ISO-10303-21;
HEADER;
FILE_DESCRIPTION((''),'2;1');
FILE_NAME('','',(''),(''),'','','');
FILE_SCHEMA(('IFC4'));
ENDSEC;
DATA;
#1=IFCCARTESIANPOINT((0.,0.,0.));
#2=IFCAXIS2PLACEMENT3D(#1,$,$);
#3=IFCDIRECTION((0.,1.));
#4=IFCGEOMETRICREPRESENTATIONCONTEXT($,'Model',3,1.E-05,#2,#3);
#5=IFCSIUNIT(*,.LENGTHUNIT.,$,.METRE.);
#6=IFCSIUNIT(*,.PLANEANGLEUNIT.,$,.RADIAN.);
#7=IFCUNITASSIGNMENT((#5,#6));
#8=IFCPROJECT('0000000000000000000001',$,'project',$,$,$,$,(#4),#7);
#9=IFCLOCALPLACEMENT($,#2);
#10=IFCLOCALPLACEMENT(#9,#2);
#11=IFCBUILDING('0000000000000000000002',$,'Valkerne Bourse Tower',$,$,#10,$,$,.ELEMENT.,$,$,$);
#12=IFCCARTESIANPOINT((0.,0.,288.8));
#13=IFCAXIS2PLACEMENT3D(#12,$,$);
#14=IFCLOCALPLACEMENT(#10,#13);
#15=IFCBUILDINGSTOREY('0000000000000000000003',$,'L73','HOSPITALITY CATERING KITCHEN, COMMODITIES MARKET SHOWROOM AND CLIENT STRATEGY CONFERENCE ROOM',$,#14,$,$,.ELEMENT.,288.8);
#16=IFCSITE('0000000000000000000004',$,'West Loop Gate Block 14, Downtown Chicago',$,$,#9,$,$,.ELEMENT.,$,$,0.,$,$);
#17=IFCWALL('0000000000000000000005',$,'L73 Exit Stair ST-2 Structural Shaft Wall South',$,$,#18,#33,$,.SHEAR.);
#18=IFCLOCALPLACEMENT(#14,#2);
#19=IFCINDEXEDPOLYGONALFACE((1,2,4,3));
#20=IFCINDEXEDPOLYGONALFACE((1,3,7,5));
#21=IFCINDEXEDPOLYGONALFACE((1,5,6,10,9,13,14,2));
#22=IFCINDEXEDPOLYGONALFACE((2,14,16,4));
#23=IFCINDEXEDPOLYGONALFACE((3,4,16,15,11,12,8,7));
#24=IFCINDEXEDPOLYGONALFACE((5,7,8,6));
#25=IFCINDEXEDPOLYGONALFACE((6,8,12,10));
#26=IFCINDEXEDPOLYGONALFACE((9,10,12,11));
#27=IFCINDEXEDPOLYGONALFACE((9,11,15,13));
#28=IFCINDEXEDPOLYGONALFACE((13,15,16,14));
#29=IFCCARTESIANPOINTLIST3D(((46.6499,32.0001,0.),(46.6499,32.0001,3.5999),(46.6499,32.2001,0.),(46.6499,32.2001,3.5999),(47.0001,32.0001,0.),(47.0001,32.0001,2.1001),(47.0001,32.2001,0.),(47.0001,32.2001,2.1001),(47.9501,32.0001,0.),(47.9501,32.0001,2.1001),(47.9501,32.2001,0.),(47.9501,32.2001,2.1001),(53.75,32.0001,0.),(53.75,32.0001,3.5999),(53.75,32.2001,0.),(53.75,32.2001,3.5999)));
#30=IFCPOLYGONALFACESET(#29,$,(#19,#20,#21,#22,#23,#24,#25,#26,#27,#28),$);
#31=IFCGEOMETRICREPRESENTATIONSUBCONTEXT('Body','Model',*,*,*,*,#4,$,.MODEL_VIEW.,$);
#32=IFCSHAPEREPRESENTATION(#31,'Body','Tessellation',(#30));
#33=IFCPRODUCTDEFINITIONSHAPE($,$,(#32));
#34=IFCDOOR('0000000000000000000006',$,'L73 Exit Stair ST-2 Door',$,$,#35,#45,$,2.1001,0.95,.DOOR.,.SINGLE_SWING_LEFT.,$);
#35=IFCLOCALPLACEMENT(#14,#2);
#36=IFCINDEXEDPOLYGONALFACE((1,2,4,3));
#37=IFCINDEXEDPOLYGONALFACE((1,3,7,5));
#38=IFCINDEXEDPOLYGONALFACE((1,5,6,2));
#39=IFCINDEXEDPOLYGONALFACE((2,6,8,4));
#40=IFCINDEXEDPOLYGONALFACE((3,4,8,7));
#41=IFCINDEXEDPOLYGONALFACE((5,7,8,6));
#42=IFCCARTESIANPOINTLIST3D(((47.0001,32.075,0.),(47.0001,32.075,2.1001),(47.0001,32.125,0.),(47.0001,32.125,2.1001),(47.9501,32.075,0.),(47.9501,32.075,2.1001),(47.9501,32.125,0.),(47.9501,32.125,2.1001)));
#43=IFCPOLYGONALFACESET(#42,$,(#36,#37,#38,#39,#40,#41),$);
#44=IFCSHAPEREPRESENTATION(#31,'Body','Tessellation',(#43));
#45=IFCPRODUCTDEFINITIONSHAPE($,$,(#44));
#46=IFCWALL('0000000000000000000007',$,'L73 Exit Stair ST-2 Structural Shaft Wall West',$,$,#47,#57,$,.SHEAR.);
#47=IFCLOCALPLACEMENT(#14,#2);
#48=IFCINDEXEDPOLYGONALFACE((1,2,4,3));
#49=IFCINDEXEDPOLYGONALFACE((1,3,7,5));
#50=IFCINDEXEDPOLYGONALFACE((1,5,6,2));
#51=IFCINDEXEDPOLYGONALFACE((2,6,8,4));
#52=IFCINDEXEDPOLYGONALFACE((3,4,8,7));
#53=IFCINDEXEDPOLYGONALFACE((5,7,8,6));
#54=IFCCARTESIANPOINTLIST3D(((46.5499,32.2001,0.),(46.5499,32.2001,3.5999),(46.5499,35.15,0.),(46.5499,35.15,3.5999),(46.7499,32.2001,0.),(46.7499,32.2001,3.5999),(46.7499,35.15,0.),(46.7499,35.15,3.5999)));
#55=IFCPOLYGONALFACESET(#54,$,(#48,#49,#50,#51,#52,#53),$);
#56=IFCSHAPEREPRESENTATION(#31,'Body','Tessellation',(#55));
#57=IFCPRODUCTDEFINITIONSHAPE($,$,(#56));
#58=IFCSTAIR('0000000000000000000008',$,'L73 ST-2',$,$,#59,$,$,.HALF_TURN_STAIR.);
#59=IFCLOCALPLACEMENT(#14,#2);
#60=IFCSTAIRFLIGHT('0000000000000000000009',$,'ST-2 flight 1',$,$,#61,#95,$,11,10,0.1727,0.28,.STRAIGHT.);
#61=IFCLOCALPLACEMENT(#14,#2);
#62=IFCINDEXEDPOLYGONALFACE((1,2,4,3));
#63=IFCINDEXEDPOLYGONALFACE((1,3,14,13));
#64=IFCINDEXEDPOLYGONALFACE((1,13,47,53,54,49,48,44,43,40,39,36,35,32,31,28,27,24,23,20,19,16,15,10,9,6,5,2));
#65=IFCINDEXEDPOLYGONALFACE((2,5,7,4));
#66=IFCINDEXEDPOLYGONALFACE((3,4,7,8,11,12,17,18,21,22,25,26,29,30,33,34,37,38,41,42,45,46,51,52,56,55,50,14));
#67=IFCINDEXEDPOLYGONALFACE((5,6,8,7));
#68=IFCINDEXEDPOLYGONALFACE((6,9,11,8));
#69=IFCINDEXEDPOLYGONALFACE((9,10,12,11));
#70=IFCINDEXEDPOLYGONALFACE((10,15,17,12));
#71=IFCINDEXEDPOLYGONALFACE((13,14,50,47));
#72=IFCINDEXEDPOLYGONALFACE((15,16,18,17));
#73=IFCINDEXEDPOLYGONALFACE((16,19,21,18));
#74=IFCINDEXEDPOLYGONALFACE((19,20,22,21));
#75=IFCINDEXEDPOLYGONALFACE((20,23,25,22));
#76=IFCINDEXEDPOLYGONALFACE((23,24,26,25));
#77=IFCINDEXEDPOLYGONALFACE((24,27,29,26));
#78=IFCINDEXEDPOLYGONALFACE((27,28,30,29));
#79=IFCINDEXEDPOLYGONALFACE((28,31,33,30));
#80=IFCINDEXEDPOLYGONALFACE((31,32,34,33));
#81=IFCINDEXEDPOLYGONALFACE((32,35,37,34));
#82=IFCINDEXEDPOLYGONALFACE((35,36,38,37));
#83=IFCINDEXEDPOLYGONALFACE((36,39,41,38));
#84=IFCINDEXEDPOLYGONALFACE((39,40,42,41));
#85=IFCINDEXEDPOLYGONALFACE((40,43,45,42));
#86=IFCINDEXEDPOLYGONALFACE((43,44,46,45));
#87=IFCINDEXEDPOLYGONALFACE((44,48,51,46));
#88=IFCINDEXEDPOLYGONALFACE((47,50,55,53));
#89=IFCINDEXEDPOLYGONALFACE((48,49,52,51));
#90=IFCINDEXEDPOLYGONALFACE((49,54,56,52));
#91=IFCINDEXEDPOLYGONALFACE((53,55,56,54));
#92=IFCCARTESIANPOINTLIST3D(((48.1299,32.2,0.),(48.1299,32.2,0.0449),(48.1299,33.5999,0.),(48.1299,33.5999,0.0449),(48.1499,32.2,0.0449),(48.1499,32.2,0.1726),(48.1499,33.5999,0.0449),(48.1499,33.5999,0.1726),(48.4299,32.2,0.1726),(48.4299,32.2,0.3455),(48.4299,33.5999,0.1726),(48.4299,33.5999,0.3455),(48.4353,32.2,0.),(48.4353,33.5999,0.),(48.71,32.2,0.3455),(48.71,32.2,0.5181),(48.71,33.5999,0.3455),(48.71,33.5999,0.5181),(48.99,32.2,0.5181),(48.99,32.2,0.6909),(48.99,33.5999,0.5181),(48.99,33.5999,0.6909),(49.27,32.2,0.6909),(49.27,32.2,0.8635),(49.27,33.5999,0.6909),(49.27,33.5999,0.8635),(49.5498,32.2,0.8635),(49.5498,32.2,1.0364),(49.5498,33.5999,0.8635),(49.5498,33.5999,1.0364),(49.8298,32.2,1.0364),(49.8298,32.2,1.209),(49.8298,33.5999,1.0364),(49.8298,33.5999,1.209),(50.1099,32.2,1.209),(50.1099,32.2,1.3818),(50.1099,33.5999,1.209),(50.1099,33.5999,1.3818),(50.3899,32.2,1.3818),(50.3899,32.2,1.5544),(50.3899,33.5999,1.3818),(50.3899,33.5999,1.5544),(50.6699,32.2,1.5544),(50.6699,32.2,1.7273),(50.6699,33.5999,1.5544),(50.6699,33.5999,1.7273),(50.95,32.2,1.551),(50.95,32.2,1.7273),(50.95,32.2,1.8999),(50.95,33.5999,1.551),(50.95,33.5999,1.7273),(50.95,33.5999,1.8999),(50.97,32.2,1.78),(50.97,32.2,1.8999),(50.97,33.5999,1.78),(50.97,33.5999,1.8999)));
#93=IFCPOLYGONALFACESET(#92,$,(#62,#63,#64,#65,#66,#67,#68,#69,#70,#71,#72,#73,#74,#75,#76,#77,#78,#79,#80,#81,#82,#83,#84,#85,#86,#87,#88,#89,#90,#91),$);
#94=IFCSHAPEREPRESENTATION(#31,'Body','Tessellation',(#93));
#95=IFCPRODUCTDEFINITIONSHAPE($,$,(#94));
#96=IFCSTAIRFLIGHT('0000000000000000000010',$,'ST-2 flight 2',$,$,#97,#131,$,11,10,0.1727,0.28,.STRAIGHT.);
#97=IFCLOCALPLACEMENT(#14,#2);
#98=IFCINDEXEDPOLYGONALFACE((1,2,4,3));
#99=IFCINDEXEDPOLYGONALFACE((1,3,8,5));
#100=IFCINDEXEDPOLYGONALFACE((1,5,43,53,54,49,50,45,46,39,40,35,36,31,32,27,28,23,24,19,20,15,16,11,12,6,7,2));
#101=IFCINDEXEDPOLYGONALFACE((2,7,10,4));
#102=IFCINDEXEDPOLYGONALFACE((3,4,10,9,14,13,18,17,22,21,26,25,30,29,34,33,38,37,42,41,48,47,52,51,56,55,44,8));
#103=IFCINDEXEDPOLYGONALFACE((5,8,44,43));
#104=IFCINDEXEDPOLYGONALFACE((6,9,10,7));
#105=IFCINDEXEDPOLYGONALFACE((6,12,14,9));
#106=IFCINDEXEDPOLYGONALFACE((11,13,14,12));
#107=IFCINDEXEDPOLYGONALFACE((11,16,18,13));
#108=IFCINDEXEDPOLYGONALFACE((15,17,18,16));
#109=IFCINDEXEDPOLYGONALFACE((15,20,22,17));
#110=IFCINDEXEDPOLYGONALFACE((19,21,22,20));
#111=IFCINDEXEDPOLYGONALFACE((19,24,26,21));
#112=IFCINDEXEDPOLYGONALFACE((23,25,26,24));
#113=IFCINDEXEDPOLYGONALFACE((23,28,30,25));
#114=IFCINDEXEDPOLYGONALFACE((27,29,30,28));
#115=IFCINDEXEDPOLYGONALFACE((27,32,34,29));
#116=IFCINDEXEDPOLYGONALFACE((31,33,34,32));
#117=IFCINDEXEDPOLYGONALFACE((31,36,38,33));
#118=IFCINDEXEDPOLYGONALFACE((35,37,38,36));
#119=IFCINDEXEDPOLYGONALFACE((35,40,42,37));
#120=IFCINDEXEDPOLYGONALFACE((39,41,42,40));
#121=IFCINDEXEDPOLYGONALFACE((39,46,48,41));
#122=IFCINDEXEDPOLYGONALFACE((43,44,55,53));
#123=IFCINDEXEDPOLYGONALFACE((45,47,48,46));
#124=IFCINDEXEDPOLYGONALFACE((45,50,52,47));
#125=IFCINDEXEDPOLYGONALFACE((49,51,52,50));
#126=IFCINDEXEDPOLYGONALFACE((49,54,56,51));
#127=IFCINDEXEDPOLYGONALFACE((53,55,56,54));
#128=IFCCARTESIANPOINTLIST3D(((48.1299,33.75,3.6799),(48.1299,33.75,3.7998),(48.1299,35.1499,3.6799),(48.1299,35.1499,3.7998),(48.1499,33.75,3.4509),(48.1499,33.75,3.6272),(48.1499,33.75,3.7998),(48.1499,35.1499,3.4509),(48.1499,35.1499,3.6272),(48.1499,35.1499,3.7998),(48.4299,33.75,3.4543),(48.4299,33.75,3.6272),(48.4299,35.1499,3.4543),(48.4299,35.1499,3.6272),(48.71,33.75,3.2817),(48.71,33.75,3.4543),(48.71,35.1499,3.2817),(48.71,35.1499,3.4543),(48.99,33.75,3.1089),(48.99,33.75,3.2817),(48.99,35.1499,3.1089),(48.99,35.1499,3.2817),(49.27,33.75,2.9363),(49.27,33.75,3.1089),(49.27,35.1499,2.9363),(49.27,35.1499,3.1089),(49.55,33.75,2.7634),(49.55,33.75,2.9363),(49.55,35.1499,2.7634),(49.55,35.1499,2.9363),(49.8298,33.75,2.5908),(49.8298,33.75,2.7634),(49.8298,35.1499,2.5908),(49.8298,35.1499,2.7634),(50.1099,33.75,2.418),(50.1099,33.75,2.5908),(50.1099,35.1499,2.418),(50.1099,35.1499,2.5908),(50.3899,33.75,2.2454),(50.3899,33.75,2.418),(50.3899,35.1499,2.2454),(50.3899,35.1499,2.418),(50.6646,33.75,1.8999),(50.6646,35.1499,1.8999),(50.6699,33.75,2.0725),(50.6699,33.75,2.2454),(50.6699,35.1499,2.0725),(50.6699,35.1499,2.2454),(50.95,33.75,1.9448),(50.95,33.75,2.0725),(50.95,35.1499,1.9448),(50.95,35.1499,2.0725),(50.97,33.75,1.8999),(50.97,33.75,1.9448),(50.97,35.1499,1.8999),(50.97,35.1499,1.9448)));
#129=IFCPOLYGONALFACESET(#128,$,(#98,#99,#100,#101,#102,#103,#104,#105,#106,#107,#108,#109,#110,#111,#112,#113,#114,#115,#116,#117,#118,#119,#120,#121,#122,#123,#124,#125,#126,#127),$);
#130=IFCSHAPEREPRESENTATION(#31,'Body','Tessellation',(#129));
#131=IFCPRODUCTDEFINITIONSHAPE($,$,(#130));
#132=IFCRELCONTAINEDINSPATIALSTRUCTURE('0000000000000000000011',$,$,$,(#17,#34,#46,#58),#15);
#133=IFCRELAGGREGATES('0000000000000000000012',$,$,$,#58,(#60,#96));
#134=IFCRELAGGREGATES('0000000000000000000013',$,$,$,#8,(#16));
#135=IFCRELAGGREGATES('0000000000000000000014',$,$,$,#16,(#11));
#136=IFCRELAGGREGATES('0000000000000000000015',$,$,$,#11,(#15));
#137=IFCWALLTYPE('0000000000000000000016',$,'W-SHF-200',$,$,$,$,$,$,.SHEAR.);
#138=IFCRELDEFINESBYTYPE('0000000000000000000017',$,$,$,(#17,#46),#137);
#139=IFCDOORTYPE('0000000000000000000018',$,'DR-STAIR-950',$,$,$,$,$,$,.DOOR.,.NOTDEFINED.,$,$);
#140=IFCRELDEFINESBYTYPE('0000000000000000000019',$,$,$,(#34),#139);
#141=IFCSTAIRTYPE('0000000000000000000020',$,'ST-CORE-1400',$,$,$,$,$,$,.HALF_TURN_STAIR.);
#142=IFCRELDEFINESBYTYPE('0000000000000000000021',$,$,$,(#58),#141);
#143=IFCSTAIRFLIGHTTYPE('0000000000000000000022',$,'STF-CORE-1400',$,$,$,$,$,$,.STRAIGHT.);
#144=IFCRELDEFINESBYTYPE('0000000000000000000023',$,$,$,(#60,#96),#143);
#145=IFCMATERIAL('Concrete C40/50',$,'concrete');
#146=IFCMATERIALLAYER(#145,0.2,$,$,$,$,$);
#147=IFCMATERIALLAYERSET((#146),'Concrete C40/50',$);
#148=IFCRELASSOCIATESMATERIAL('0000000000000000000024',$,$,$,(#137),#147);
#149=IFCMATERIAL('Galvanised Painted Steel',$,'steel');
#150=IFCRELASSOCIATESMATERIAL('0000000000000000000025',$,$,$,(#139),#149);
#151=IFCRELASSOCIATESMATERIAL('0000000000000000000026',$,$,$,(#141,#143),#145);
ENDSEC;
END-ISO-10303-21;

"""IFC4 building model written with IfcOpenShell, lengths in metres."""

from ifc_helpers import new_model, si_unit, direction, frame, frame_2d, origin, place, context, subcontext, project, spatial, polyline, rectangle, outline, extrude, material, layer, layer_set, type_object, element, fill, aggregate, save


model = new_model("IFC4")

# Units and contexts
model_context = context("Model", 3, precision=1e-05, world=origin(), true_north=direction((0.0, 1.0)))
body_context = subcontext(model_context, "Body", "Model", "MODEL_VIEW")
ifc_project = project(units=[si_unit("LENGTHUNIT", "METRE"), si_unit("PLANEANGLEUNIT", "RADIAN")], contexts=[model_context])

# Site, building, storey
site_placement = place(None, origin())
site = spatial("IfcSite", under=ifc_project, at=site_placement, Name="West Loop Gate Block 14, Downtown Chicago", CompositionType="ELEMENT", RefElevation=0.0)
building_placement = place(site_placement, origin())
building = spatial("IfcBuilding", under=site, at=building_placement, Name="Valkerne Bourse Tower", CompositionType="ELEMENT")
storey_placement = place(building_placement, frame((0.0, 0.0, 288.8)))
storey = spatial("IfcBuildingStorey", under=building, at=storey_placement, Name="L73", Description="HOSPITALITY CATERING KITCHEN, COMMODITIES MARKET SHOWROOM AND CLIENT STRATEGY CONFERENCE ROOM", CompositionType="ELEMENT", Elevation=288.8)

# Shared definitions
ifc_material_1 = material(Name="Galvanised Painted Steel", Category="steel")

# Wall, opening, door
ifc_material_2 = material(Name="Concrete C40/50", Category="concrete")
ifc_layer_1 = layer(ifc_material_2, 0.2)
ifc_layer_set_1 = layer_set([ifc_layer_1], Name="Concrete C40/50")
wall_type_1 = type_object("IfcWallType", Name="W-SHF-200", PredefinedType="SHEAR", material=ifc_layer_set_1)
wall_1_placement = place(storey_placement, frame((46.6499, 32.1001, 0.0), z_axis=(0.0, 0.0, 1.0), x_axis=(1.0, 0.0, 0.0)))
wall_1 = element("IfcWall", 1, at=wall_1_placement, inside=storey, type_object=wall_type_1, Name="L73 Exit Stair ST-2 Structural Shaft Wall South", PredefinedType="SHEAR", context=body_context, shape_type="SweptSolid", body=[
    extrude(rectangle(XDim=7.1001, YDim=0.2, at=frame_2d((3.55, 0.0))), origin(), (0.0, 0.0, 1.0), 3.5999),
])
opening_1_placement = place(wall_1_placement, frame((0.3501, 0.0, 0.0)))
opening_1 = element("IfcOpeningElement", 2, at=opening_1_placement, cuts=wall_1, PredefinedType="OPENING", context=body_context, shape_type="SweptSolid", body=[
    extrude(rectangle(XDim=0.95, YDim=2.1001, at=frame_2d((0.4751, 1.05))), frame((0.0, 0.1099, 0.0), z_axis=(0.0, -1.0, 0.0), x_axis=(1.0, 0.0, 0.0)), (0.0, 0.0, 1.0), 0.22),
])
door_type_1 = type_object("IfcDoorType", Name="DR-STAIR-950", OperationType="NOTDEFINED", PredefinedType="DOOR", material=ifc_material_1)
door_1_placement = place(opening_1_placement, origin())
door_1 = element("IfcDoor", 3, at=door_1_placement, inside=storey, type_object=door_type_1, Name="L73 Exit Stair ST-2 Door", OperationType="SINGLE_SWING_LEFT", OverallHeight=2.1001, OverallWidth=0.95, PredefinedType="DOOR", context=body_context, shape_type="SweptSolid", body=[
    extrude(rectangle(XDim=0.95, YDim=2.1001, at=frame_2d((0.4751, 1.05))), frame((0.0, 0.0249, 0.0), z_axis=(0.0, -1.0, 0.0), x_axis=(1.0, 0.0, 0.0)), (0.0, 0.0, 1.0), 0.05),
])
fill(opening_1, door_1)

# Wall
wall_2_placement = place(storey_placement, frame((46.6499, 32.2, 0.0), z_axis=(0.0, 0.0, 1.0), x_axis=(0.0, 1.0, 0.0)))
element("IfcWall", 4, at=wall_2_placement, inside=storey, type_object=wall_type_1, Name="L73 Exit Stair ST-2 Structural Shaft Wall West", PredefinedType="SHEAR", context=body_context, shape_type="SweptSolid", body=[
    extrude(rectangle(XDim=2.95, YDim=0.2, at=frame_2d((1.4751, 0.0))), origin(), (0.0, 0.0, 1.0), 3.5999),
])

# Stair, stair flights
stair_type = type_object("IfcStairType", Name="ST-CORE-1400", PredefinedType="HALF_TURN_STAIR", material=ifc_material_2)
stair_placement = place(storey_placement, origin())
stair = element("IfcStair", 5, at=stair_placement, inside=storey, type_object=stair_type, Name="L73 ST-2", PredefinedType="HALF_TURN_STAIR")
stair_flight_type = type_object("IfcStairFlightType", Name="STF-CORE-1400", PredefinedType="STRAIGHT", material=ifc_material_2)
stair_flight_1_placement = place(storey_placement, frame((48.1499, 32.8999, 0.0), z_axis=(0.0, 0.0, 1.0), x_axis=(1.0, 0.0, 0.0)))
stair_flight_1 = element("IfcStairFlight", 6, at=stair_flight_1_placement, type_object=stair_flight_type, Name="ST-2 flight 1", NumberOfRisers=11, NumberOfTreads=10, PredefinedType="STRAIGHT", RiserHeight=0.1727, TreadLength=0.28, context=body_context, shape_type="SweptSolid", body=[
    extrude(outline(polyline([(-0.02, 0.0), (-0.02, 0.0449), (0.0, 0.0449), (0.0, 0.1726), (0.28, 0.1726), (0.28, 0.3455), (0.5601, 0.3455), (0.5601, 0.5181), (0.8401, 0.5181), (0.8401, 0.6909), (1.1201, 0.6909), (1.1201, 0.8635), (1.3999, 0.8635), (1.3999, 1.0364), (1.6799, 1.0364), (1.6799, 1.209), (1.96, 1.209), (1.96, 1.3818), (2.24, 1.3818), (2.24, 1.5544), (2.52, 1.5544), (2.52, 1.7273), (2.8, 1.7273), (2.8, 1.8999), (2.8201, 1.8999), (2.8201, 1.78), (2.8, 1.551), (0.2854, 0.0), (-0.02, 0.0)])), frame((0.0, 0.7, 0.0), z_axis=(0.0, -1.0, 0.0), x_axis=(1.0, 0.0, 0.0)), (0.0, 0.0, 1.0), 1.3999),
])
stair_flight_2_placement = place(storey_placement, frame((50.95, 34.45, 1.8999), z_axis=(0.0, 0.0, 1.0), x_axis=(-1.0, 0.0, 0.0)))
stair_flight_2 = element("IfcStairFlight", 7, at=stair_flight_2_placement, type_object=stair_flight_type, Name="ST-2 flight 2", NumberOfRisers=11, NumberOfTreads=10, PredefinedType="STRAIGHT", RiserHeight=0.1727, TreadLength=0.28, context=body_context, shape_type="SweptSolid", body=[
    extrude(outline(polyline([(-0.02, 0.0), (-0.02, 0.0449), (0.0, 0.0449), (0.0, 0.1726), (0.28, 0.1726), (0.28, 0.3455), (0.5601, 0.3455), (0.5601, 0.5181), (0.8401, 0.5181), (0.8401, 0.6909), (1.1201, 0.6909), (1.1201, 0.8635), (1.3999, 0.8635), (1.3999, 1.0364), (1.6799, 1.0364), (1.6799, 1.209), (1.96, 1.209), (1.96, 1.3818), (2.24, 1.3818), (2.24, 1.5544), (2.52, 1.5544), (2.52, 1.7273), (2.8, 1.7273), (2.8, 1.8999), (2.8201, 1.8999), (2.8201, 1.78), (2.8, 1.551), (0.2854, 0.0), (-0.02, 0.0)])), frame((0.0, 0.7, 0.0), z_axis=(0.0, -1.0, 0.0), x_axis=(1.0, 0.0, 0.0)), (0.0, 0.0, 1.0), 1.3999),
])
aggregate(stair, [stair_flight_1, stair_flight_2])

save(model, "model.ifc")
